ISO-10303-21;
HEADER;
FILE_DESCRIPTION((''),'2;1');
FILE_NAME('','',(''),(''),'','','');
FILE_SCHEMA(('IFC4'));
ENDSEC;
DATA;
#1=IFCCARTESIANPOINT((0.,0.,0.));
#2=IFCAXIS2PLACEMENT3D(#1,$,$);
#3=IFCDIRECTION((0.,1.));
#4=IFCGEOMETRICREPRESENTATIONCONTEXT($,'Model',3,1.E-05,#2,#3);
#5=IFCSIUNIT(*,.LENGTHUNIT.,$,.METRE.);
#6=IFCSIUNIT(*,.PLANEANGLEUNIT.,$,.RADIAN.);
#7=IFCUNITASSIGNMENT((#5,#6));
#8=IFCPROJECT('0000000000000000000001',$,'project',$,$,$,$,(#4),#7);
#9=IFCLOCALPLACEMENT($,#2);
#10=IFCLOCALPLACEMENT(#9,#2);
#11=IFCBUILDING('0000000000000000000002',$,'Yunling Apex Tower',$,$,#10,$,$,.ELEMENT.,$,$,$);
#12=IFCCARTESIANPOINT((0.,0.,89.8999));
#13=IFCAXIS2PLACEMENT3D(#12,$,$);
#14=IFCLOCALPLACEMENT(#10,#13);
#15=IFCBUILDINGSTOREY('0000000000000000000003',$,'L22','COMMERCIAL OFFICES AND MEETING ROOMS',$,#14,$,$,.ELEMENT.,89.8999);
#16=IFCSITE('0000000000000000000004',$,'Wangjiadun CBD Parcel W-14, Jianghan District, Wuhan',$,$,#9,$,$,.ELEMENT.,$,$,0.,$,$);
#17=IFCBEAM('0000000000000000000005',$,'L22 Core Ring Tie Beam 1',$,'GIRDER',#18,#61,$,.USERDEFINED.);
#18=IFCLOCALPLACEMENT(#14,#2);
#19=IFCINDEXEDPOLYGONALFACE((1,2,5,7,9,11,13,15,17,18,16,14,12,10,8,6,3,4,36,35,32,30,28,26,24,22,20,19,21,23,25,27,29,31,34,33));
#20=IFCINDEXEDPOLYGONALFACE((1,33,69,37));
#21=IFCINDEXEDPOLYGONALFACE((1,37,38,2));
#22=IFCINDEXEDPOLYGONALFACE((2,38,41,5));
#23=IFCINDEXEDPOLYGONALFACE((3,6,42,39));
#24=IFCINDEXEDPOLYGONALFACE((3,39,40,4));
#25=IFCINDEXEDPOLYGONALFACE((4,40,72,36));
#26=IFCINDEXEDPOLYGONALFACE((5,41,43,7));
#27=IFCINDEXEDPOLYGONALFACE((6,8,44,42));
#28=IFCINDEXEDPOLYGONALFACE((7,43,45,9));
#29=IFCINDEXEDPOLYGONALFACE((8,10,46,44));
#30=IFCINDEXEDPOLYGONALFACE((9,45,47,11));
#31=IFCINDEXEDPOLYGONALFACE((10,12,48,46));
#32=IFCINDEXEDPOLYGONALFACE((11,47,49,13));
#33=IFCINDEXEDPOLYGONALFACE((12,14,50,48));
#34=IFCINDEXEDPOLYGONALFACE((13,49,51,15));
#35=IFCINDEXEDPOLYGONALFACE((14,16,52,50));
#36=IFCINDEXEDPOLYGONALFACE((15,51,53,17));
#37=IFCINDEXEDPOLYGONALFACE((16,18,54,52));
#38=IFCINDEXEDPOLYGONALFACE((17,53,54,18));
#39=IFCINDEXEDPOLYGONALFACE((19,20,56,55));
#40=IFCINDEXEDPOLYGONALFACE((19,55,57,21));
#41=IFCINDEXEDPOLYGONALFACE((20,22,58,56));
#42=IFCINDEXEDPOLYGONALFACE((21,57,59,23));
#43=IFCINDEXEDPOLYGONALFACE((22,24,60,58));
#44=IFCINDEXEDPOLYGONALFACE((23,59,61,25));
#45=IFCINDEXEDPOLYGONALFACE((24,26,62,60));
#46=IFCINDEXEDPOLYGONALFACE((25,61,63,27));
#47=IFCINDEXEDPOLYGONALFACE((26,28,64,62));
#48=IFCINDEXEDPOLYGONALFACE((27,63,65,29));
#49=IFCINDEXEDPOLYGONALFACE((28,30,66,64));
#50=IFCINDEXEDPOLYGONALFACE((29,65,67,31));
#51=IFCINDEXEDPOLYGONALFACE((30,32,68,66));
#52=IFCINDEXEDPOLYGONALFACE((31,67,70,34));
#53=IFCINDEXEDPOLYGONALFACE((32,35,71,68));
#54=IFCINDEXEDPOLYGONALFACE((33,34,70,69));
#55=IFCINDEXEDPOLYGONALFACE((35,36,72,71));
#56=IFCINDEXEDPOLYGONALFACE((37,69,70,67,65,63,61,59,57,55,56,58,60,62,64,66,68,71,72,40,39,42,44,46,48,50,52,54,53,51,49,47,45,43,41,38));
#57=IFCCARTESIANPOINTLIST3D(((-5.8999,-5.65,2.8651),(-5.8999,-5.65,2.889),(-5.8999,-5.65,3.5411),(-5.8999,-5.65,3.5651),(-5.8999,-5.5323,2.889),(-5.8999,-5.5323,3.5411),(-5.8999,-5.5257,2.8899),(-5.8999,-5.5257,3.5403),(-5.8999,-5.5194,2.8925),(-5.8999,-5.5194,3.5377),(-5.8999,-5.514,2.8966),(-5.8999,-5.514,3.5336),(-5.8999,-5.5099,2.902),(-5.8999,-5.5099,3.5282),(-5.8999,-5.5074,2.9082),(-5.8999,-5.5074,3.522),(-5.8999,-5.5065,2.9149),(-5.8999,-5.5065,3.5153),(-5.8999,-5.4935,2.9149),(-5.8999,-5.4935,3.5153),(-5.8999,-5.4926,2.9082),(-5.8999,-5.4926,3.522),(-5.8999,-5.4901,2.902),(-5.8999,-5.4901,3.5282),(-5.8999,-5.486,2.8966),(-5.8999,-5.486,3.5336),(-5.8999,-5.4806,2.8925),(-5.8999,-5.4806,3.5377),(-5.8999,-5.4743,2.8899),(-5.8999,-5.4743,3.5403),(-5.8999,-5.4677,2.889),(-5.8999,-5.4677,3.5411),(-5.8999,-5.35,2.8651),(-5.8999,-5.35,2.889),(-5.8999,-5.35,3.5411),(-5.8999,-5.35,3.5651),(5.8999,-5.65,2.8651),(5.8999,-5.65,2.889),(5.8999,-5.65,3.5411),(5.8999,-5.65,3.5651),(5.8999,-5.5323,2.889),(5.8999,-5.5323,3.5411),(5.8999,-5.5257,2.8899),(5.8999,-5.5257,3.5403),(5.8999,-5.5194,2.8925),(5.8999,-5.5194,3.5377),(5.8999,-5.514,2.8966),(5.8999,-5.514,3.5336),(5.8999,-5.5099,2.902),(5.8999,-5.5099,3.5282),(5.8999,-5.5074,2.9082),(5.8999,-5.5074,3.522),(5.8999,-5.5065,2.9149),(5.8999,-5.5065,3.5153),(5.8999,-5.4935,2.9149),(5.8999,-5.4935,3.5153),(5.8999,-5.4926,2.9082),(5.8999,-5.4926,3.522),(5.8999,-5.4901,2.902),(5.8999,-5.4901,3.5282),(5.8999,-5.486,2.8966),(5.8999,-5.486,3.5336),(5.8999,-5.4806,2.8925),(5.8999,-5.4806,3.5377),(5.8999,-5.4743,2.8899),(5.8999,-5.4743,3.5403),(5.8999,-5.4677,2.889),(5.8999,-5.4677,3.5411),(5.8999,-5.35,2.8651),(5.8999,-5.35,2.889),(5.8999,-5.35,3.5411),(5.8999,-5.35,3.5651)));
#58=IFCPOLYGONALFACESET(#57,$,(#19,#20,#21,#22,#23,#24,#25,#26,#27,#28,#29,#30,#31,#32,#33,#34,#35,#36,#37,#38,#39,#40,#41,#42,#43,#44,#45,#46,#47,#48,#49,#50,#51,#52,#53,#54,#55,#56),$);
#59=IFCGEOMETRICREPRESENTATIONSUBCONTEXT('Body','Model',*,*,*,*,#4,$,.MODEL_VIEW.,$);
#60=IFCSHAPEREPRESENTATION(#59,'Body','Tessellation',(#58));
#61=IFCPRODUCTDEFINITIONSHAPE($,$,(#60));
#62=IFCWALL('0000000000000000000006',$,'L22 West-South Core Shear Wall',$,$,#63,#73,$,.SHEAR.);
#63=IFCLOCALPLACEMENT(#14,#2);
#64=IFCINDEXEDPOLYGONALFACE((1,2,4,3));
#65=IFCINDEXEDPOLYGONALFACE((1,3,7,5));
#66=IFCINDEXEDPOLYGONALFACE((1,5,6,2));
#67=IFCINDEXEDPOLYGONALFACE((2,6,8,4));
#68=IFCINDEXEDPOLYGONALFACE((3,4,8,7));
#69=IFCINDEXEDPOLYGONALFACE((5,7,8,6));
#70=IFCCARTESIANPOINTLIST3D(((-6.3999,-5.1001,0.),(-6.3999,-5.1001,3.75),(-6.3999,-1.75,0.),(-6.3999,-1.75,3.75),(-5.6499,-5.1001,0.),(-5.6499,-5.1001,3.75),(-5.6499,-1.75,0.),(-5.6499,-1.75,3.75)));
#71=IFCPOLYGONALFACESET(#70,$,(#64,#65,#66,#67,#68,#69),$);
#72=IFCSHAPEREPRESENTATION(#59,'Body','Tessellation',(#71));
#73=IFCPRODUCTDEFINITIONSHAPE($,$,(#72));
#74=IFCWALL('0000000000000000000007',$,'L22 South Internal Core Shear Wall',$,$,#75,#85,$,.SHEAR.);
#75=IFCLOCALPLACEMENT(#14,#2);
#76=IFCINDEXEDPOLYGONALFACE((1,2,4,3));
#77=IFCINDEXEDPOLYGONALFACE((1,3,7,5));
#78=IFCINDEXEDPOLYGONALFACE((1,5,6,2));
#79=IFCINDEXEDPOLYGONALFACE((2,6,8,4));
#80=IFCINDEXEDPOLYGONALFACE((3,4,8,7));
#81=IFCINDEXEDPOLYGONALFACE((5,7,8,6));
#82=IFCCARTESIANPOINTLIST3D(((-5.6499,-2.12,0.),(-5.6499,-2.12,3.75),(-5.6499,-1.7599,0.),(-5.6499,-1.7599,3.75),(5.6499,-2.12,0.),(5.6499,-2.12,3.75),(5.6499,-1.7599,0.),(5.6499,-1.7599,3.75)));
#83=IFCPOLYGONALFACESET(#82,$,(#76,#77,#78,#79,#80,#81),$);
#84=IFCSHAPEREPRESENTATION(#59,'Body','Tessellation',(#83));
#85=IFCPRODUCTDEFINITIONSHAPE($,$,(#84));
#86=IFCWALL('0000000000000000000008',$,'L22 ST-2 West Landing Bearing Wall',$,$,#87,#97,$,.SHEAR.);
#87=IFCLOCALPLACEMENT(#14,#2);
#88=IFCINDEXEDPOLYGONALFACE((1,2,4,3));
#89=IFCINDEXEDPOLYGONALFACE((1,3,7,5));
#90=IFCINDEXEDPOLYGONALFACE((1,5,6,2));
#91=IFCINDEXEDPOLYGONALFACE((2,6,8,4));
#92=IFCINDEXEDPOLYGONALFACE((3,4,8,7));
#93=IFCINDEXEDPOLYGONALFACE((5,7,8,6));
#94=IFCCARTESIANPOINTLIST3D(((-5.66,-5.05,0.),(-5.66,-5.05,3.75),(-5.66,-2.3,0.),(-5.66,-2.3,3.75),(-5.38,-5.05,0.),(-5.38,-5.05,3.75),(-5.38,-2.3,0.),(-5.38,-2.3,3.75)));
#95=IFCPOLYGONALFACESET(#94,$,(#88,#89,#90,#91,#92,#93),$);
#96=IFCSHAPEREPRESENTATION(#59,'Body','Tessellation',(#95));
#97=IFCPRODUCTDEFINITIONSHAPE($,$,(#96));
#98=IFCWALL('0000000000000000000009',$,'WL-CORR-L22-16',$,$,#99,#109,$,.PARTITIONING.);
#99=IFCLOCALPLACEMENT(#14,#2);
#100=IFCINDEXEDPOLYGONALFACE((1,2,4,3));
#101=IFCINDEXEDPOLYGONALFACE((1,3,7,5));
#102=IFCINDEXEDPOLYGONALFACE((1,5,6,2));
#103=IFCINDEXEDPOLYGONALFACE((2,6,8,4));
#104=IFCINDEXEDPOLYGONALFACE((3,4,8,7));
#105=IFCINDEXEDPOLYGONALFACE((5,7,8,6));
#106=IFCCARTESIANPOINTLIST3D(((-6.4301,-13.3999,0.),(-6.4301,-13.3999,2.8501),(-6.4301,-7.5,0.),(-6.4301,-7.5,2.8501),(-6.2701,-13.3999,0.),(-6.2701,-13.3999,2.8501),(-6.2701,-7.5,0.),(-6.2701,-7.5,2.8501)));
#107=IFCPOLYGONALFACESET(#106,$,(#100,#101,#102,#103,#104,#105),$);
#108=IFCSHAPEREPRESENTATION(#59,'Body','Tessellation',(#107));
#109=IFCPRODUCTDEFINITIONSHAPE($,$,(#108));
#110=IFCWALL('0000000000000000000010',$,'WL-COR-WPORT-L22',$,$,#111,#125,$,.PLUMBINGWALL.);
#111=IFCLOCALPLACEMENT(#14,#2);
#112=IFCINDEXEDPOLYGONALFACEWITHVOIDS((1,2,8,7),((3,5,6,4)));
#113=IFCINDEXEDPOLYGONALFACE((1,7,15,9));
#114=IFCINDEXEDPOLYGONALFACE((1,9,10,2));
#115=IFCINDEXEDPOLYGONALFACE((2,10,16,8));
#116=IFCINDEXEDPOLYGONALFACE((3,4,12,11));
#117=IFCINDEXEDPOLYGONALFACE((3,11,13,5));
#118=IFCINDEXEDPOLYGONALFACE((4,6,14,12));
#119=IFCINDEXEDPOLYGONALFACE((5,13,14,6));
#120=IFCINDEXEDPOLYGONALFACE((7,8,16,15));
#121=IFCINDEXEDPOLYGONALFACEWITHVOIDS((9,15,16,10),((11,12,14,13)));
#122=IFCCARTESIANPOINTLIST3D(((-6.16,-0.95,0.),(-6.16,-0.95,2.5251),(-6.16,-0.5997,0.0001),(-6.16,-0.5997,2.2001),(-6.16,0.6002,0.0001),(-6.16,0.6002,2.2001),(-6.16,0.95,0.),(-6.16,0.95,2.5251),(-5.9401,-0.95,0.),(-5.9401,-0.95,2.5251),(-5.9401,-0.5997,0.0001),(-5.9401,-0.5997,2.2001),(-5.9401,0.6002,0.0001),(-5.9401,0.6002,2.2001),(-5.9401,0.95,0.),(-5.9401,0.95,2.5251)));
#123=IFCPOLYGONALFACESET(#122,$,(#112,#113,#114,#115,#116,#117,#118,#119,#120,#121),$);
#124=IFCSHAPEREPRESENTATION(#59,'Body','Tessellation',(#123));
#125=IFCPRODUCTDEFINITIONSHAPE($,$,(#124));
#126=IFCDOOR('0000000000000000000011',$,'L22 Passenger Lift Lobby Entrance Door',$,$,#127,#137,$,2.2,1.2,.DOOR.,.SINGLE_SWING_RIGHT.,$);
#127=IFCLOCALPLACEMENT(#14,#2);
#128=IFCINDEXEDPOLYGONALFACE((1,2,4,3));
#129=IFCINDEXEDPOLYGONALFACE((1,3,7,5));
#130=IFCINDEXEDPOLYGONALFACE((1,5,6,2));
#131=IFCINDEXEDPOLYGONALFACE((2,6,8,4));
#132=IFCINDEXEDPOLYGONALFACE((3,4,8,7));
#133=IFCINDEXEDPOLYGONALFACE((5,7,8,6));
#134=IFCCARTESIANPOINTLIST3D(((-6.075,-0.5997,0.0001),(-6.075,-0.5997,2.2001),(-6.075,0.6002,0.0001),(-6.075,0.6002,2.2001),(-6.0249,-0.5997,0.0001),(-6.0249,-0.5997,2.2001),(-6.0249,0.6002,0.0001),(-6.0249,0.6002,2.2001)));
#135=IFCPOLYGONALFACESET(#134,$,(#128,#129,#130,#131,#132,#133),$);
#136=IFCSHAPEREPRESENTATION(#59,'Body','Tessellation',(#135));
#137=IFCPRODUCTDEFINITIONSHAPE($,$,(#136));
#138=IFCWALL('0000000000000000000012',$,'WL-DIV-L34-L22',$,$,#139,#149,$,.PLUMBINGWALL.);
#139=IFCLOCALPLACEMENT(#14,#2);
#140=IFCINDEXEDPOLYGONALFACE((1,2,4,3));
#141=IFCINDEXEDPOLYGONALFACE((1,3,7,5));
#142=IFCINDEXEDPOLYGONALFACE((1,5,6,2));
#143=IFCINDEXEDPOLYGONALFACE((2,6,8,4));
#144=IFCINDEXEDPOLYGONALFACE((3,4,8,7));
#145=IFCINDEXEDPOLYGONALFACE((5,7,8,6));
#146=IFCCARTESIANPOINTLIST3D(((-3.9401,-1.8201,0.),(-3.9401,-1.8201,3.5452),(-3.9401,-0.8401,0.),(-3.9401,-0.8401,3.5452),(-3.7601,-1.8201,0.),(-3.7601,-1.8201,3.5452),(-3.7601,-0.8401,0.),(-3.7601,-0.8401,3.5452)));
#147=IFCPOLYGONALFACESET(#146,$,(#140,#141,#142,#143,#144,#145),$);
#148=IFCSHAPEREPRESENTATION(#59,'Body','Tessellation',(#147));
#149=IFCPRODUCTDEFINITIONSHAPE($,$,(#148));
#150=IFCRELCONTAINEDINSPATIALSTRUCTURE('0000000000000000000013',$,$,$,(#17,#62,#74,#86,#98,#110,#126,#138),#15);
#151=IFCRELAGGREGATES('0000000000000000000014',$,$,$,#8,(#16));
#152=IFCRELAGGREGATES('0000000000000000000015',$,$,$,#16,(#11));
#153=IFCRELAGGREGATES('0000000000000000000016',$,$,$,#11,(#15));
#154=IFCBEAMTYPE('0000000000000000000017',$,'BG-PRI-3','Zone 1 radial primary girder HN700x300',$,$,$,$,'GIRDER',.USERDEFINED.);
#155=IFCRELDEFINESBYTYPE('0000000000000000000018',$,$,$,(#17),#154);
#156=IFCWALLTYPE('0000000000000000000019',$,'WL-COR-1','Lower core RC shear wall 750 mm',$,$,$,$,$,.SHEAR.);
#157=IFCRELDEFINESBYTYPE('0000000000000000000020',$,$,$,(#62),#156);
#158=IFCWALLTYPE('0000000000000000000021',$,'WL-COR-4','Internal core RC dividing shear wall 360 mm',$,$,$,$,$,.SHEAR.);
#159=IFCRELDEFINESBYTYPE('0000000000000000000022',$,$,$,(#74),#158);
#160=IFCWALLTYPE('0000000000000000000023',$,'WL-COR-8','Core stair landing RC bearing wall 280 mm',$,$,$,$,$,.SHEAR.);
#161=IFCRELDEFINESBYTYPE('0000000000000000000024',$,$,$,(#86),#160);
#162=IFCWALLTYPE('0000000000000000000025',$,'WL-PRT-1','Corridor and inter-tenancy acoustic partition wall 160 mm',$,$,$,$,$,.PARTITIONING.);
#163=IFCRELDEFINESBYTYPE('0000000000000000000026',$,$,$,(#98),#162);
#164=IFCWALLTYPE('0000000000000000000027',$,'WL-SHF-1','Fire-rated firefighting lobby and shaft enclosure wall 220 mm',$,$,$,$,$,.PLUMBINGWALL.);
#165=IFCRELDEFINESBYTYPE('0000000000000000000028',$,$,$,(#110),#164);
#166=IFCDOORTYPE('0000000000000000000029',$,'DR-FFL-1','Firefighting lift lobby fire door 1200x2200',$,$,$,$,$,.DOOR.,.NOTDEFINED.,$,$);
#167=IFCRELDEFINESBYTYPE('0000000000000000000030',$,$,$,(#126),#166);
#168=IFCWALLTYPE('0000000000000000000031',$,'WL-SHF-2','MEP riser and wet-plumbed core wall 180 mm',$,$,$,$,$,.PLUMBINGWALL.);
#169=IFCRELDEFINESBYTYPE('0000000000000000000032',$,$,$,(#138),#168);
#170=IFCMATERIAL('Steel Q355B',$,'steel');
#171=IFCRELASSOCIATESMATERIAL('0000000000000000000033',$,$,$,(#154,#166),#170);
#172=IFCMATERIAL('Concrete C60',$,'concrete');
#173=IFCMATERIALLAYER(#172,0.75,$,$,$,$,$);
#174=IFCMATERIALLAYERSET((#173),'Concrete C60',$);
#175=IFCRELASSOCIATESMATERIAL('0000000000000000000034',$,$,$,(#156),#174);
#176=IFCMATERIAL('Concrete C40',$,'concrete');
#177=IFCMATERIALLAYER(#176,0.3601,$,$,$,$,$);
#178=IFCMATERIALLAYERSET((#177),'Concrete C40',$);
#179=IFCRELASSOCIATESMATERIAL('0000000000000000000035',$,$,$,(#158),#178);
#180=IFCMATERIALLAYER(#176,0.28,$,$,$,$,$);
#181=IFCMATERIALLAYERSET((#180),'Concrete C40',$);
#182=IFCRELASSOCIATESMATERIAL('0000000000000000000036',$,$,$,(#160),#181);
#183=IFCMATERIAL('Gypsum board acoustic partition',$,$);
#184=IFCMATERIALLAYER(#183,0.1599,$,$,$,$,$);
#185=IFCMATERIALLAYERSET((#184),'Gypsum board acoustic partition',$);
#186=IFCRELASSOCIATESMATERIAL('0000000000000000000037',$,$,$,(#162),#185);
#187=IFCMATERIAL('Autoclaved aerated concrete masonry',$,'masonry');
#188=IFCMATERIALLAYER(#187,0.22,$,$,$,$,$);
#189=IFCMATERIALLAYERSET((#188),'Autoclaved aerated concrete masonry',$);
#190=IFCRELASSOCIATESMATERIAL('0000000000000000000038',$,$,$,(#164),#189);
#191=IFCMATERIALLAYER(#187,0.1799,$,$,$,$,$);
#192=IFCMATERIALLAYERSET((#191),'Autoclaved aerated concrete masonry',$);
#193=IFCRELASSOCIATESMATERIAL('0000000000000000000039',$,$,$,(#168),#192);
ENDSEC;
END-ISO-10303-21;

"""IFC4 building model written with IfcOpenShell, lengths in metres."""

from ifc_helpers import new_model, si_unit, direction, frame, frame_2d, origin, origin_2d, place, context, subcontext, project, spatial, rectangle, i_section, extrude, source, transform, mapped, material, layer, layer_set, material_profile, profile_set, type_object, element, fill, save


model = new_model("IFC4")

# Units and contexts
model_context = context("Model", 3, precision=1e-05, world=origin(), true_north=direction((0.0, 1.0)))
body_context = subcontext(model_context, "Body", "Model", "MODEL_VIEW")
ifc_project = project(units=[si_unit("LENGTHUNIT", "METRE"), si_unit("PLANEANGLEUNIT", "RADIAN")], contexts=[model_context])

# Site, building, storey
site_placement = place(None, origin())
site = spatial("IfcSite", under=ifc_project, at=site_placement, Name="Wangjiadun CBD Parcel W-14, Jianghan District, Wuhan", CompositionType="ELEMENT", RefElevation=0.0)
building_placement = place(site_placement, origin())
building = spatial("IfcBuilding", under=site, at=building_placement, Name="Yunling Apex Tower", CompositionType="ELEMENT")
storey_placement = place(building_placement, frame((0.0, 0.0, 89.8999)))
storey = spatial("IfcBuildingStorey", under=building, at=storey_placement, Name="L22", Description="COMMERCIAL OFFICES AND MEETING ROOMS", CompositionType="ELEMENT", Elevation=89.8999)

# Shared definitions
ifc_material_1 = material(Name="Concrete C60", Category="concrete")

# Beam
ifc_material_2 = material(Name="Steel Q355B", Category="steel")
ifc_material_profile_1 = material_profile(ifc_material_2, i_section(OverallWidth=0.3, OverallDepth=0.7, WebThickness=0.0129, FlangeThickness=0.0239, FilletRadius=0.0259, at=origin_2d()))
ifc_profile_set_1 = profile_set([ifc_material_profile_1], Name="Steel Q355B")
beam_type_1 = type_object("IfcBeamType", Name="BG-PRI-3", Description="Zone 1 radial primary girder HN700x300", ElementType="GIRDER", PredefinedType="USERDEFINED", material=ifc_profile_set_1)
shared_shape_1 = source(origin(), body_context, "Body", "SweptSolid", [
    extrude(i_section(OverallWidth=0.3, OverallDepth=0.7, WebThickness=0.0129, FlangeThickness=0.0239, FilletRadius=0.0259, at=origin_2d()), origin(), (0.0, 0.0, 1.0), 11.7998),
])
beam_1_placement = place(storey_placement, frame((-5.8999, -5.5, 3.2151), z_axis=(1.0, 0.0, 0.0), x_axis=(0.0, 1.0, 0.0)))
element("IfcBeam", 1, at=beam_1_placement, inside=storey, type_object=beam_type_1, Name="L22 Core Ring Tie Beam 1", ObjectType="GIRDER", PredefinedType="USERDEFINED", context=body_context, shape_type="MappedRepresentation", body=[
    mapped(shared_shape_1, transform((0.0, 0.0, 0.0), scale=1.0)),
])

# Walls
ifc_layer_1 = layer(ifc_material_1, 0.75)
ifc_layer_set_1 = layer_set([ifc_layer_1], Name="Concrete C60")
wall_type_1 = type_object("IfcWallType", Name="WL-COR-1", Description="Lower core RC shear wall 750 mm", PredefinedType="SHEAR", material=ifc_layer_set_1)
wall_1_placement = place(storey_placement, frame((-6.0249, -5.1001, 0.0), z_axis=(0.0, 0.0, 1.0), x_axis=(0.0, 1.0, 0.0)))
element("IfcWall", 2, at=wall_1_placement, inside=storey, type_object=wall_type_1, Name="L22 West-South Core Shear Wall", PredefinedType="SHEAR", context=body_context, shape_type="SweptSolid", body=[
    extrude(rectangle(XDim=3.3501, YDim=0.75, at=frame_2d((1.675, 0.0))), origin(), (0.0, 0.0, 1.0), 3.75),
])
ifc_material_3 = material(Name="Concrete C40", Category="concrete")
ifc_layer_2 = layer(ifc_material_3, 0.3601)
ifc_layer_set_2 = layer_set([ifc_layer_2], Name="Concrete C40")
wall_type_2 = type_object("IfcWallType", Name="WL-COR-4", Description="Internal core RC dividing shear wall 360 mm", PredefinedType="SHEAR", material=ifc_layer_set_2)
wall_2_placement = place(storey_placement, frame((-5.6499, -1.9399, 0.0), z_axis=(0.0, 0.0, 1.0), x_axis=(1.0, 0.0, 0.0)))
element("IfcWall", 3, at=wall_2_placement, inside=storey, type_object=wall_type_2, Name="L22 South Internal Core Shear Wall", PredefinedType="SHEAR", context=body_context, shape_type="SweptSolid", body=[
    extrude(rectangle(XDim=11.2998, YDim=0.3601, at=frame_2d((5.6499, 0.0))), origin(), (0.0, 0.0, 1.0), 3.75),
])
ifc_layer_3 = layer(ifc_material_3, 0.28)
ifc_layer_set_3 = layer_set([ifc_layer_3], Name="Concrete C40")
wall_type_3 = type_object("IfcWallType", Name="WL-COR-8", Description="Core stair landing RC bearing wall 280 mm", PredefinedType="SHEAR", material=ifc_layer_set_3)
wall_3_placement = place(storey_placement, frame((-5.52, -5.05, 0.0), z_axis=(0.0, 0.0, 1.0), x_axis=(0.0, 1.0, 0.0)))
element("IfcWall", 4, at=wall_3_placement, inside=storey, type_object=wall_type_3, Name="L22 ST-2 West Landing Bearing Wall", PredefinedType="SHEAR", context=body_context, shape_type="SweptSolid", body=[
    extrude(rectangle(XDim=2.75, YDim=0.28, at=frame_2d((1.375, 0.0))), origin(), (0.0, 0.0, 1.0), 3.75),
])
ifc_material_4 = material(Name="Gypsum board acoustic partition")
ifc_layer_4 = layer(ifc_material_4, 0.1599)
ifc_layer_set_4 = layer_set([ifc_layer_4], Name="Gypsum board acoustic partition")
wall_type_4 = type_object("IfcWallType", Name="WL-PRT-1", Description="Corridor and inter-tenancy acoustic partition wall 160 mm", PredefinedType="PARTITIONING", material=ifc_layer_set_4)
wall_4_placement = place(storey_placement, frame((-6.3501, -7.5, 0.0), z_axis=(0.0, 0.0, 1.0), x_axis=(0.0, -1.0, 0.0)))
element("IfcWall", 5, at=wall_4_placement, inside=storey, type_object=wall_type_4, Name="WL-CORR-L22-16", PredefinedType="PARTITIONING", context=body_context, shape_type="SweptSolid", body=[
    extrude(rectangle(XDim=5.8999, YDim=0.1599, at=frame_2d((2.95, 0.0))), origin(), (0.0, 0.0, 1.0), 2.8501),
])

# Wall, opening, door
ifc_material_5 = material(Name="Autoclaved aerated concrete masonry", Category="masonry")
ifc_layer_5 = layer(ifc_material_5, 0.22)
ifc_layer_set_5 = layer_set([ifc_layer_5], Name="Autoclaved aerated concrete masonry")
wall_type_5 = type_object("IfcWallType", Name="WL-SHF-1", Description="Fire-rated firefighting lobby and shaft enclosure wall 220 mm", PredefinedType="PLUMBINGWALL", material=ifc_layer_set_5)
wall_5_placement = place(storey_placement, frame((-6.05, -0.95, 0.0), z_axis=(0.0, 0.0, 1.0), x_axis=(0.0, 1.0, 0.0)))
wall_5 = element("IfcWall", 6, at=wall_5_placement, inside=storey, type_object=wall_type_5, Name="WL-COR-WPORT-L22", PredefinedType="PLUMBINGWALL", context=body_context, shape_type="SweptSolid", body=[
    extrude(rectangle(XDim=1.8999, YDim=0.22, at=frame_2d((0.95, 0.0))), origin(), (0.0, 0.0, 1.0), 2.5251),
])
opening_1_placement = place(wall_5_placement, frame((0.3501, 0.0, 0.0)))
opening_1 = element("IfcOpeningElement", 7, at=opening_1_placement, cuts=wall_5, PredefinedType="OPENING", context=body_context, shape_type="SweptSolid", body=[
    extrude(rectangle(XDim=1.2, YDim=2.2, at=frame_2d((0.6001, 1.1001))), frame((0.0, 0.1201, 0.0), z_axis=(0.0, -1.0, 0.0), x_axis=(1.0, 0.0, 0.0)), (0.0, 0.0, 1.0), 0.24),
])
door_type_1 = type_object("IfcDoorType", Name="DR-FFL-1", Description="Firefighting lift lobby fire door 1200x2200", OperationType="NOTDEFINED", PredefinedType="DOOR", material=ifc_material_2)
door_1_placement = place(opening_1_placement, origin())
door_1 = element("IfcDoor", 8, at=door_1_placement, inside=storey, type_object=door_type_1, Name="L22 Passenger Lift Lobby Entrance Door", OperationType="SINGLE_SWING_RIGHT", OverallHeight=2.2, OverallWidth=1.2, PredefinedType="DOOR", context=body_context, shape_type="SweptSolid", body=[
    extrude(rectangle(XDim=1.2, YDim=2.2, at=frame_2d((0.6001, 1.1001))), frame((0.0, 0.0249, 0.0), z_axis=(0.0, -1.0, 0.0), x_axis=(1.0, 0.0, 0.0)), (0.0, 0.0, 1.0), 0.05),
])
fill(opening_1, door_1)

# Wall
ifc_layer_6 = layer(ifc_material_5, 0.1799)
ifc_layer_set_6 = layer_set([ifc_layer_6], Name="Autoclaved aerated concrete masonry")
wall_type_6 = type_object("IfcWallType", Name="WL-SHF-2", Description="MEP riser and wet-plumbed core wall 180 mm", PredefinedType="PLUMBINGWALL", material=ifc_layer_set_6)
wall_6_placement = place(storey_placement, frame((-3.8501, -1.8201, 0.0), z_axis=(0.0, 0.0, 1.0), x_axis=(0.0, 1.0, 0.0)))
element("IfcWall", 9, at=wall_6_placement, inside=storey, type_object=wall_type_6, Name="WL-DIV-L34-L22", PredefinedType="PLUMBINGWALL", context=body_context, shape_type="SweptSolid", body=[
    extrude(rectangle(XDim=0.98, YDim=0.1799, at=frame_2d((0.49, 0.0))), origin(), (0.0, 0.0, 1.0), 3.5452),
])

save(model, "model.ifc")
